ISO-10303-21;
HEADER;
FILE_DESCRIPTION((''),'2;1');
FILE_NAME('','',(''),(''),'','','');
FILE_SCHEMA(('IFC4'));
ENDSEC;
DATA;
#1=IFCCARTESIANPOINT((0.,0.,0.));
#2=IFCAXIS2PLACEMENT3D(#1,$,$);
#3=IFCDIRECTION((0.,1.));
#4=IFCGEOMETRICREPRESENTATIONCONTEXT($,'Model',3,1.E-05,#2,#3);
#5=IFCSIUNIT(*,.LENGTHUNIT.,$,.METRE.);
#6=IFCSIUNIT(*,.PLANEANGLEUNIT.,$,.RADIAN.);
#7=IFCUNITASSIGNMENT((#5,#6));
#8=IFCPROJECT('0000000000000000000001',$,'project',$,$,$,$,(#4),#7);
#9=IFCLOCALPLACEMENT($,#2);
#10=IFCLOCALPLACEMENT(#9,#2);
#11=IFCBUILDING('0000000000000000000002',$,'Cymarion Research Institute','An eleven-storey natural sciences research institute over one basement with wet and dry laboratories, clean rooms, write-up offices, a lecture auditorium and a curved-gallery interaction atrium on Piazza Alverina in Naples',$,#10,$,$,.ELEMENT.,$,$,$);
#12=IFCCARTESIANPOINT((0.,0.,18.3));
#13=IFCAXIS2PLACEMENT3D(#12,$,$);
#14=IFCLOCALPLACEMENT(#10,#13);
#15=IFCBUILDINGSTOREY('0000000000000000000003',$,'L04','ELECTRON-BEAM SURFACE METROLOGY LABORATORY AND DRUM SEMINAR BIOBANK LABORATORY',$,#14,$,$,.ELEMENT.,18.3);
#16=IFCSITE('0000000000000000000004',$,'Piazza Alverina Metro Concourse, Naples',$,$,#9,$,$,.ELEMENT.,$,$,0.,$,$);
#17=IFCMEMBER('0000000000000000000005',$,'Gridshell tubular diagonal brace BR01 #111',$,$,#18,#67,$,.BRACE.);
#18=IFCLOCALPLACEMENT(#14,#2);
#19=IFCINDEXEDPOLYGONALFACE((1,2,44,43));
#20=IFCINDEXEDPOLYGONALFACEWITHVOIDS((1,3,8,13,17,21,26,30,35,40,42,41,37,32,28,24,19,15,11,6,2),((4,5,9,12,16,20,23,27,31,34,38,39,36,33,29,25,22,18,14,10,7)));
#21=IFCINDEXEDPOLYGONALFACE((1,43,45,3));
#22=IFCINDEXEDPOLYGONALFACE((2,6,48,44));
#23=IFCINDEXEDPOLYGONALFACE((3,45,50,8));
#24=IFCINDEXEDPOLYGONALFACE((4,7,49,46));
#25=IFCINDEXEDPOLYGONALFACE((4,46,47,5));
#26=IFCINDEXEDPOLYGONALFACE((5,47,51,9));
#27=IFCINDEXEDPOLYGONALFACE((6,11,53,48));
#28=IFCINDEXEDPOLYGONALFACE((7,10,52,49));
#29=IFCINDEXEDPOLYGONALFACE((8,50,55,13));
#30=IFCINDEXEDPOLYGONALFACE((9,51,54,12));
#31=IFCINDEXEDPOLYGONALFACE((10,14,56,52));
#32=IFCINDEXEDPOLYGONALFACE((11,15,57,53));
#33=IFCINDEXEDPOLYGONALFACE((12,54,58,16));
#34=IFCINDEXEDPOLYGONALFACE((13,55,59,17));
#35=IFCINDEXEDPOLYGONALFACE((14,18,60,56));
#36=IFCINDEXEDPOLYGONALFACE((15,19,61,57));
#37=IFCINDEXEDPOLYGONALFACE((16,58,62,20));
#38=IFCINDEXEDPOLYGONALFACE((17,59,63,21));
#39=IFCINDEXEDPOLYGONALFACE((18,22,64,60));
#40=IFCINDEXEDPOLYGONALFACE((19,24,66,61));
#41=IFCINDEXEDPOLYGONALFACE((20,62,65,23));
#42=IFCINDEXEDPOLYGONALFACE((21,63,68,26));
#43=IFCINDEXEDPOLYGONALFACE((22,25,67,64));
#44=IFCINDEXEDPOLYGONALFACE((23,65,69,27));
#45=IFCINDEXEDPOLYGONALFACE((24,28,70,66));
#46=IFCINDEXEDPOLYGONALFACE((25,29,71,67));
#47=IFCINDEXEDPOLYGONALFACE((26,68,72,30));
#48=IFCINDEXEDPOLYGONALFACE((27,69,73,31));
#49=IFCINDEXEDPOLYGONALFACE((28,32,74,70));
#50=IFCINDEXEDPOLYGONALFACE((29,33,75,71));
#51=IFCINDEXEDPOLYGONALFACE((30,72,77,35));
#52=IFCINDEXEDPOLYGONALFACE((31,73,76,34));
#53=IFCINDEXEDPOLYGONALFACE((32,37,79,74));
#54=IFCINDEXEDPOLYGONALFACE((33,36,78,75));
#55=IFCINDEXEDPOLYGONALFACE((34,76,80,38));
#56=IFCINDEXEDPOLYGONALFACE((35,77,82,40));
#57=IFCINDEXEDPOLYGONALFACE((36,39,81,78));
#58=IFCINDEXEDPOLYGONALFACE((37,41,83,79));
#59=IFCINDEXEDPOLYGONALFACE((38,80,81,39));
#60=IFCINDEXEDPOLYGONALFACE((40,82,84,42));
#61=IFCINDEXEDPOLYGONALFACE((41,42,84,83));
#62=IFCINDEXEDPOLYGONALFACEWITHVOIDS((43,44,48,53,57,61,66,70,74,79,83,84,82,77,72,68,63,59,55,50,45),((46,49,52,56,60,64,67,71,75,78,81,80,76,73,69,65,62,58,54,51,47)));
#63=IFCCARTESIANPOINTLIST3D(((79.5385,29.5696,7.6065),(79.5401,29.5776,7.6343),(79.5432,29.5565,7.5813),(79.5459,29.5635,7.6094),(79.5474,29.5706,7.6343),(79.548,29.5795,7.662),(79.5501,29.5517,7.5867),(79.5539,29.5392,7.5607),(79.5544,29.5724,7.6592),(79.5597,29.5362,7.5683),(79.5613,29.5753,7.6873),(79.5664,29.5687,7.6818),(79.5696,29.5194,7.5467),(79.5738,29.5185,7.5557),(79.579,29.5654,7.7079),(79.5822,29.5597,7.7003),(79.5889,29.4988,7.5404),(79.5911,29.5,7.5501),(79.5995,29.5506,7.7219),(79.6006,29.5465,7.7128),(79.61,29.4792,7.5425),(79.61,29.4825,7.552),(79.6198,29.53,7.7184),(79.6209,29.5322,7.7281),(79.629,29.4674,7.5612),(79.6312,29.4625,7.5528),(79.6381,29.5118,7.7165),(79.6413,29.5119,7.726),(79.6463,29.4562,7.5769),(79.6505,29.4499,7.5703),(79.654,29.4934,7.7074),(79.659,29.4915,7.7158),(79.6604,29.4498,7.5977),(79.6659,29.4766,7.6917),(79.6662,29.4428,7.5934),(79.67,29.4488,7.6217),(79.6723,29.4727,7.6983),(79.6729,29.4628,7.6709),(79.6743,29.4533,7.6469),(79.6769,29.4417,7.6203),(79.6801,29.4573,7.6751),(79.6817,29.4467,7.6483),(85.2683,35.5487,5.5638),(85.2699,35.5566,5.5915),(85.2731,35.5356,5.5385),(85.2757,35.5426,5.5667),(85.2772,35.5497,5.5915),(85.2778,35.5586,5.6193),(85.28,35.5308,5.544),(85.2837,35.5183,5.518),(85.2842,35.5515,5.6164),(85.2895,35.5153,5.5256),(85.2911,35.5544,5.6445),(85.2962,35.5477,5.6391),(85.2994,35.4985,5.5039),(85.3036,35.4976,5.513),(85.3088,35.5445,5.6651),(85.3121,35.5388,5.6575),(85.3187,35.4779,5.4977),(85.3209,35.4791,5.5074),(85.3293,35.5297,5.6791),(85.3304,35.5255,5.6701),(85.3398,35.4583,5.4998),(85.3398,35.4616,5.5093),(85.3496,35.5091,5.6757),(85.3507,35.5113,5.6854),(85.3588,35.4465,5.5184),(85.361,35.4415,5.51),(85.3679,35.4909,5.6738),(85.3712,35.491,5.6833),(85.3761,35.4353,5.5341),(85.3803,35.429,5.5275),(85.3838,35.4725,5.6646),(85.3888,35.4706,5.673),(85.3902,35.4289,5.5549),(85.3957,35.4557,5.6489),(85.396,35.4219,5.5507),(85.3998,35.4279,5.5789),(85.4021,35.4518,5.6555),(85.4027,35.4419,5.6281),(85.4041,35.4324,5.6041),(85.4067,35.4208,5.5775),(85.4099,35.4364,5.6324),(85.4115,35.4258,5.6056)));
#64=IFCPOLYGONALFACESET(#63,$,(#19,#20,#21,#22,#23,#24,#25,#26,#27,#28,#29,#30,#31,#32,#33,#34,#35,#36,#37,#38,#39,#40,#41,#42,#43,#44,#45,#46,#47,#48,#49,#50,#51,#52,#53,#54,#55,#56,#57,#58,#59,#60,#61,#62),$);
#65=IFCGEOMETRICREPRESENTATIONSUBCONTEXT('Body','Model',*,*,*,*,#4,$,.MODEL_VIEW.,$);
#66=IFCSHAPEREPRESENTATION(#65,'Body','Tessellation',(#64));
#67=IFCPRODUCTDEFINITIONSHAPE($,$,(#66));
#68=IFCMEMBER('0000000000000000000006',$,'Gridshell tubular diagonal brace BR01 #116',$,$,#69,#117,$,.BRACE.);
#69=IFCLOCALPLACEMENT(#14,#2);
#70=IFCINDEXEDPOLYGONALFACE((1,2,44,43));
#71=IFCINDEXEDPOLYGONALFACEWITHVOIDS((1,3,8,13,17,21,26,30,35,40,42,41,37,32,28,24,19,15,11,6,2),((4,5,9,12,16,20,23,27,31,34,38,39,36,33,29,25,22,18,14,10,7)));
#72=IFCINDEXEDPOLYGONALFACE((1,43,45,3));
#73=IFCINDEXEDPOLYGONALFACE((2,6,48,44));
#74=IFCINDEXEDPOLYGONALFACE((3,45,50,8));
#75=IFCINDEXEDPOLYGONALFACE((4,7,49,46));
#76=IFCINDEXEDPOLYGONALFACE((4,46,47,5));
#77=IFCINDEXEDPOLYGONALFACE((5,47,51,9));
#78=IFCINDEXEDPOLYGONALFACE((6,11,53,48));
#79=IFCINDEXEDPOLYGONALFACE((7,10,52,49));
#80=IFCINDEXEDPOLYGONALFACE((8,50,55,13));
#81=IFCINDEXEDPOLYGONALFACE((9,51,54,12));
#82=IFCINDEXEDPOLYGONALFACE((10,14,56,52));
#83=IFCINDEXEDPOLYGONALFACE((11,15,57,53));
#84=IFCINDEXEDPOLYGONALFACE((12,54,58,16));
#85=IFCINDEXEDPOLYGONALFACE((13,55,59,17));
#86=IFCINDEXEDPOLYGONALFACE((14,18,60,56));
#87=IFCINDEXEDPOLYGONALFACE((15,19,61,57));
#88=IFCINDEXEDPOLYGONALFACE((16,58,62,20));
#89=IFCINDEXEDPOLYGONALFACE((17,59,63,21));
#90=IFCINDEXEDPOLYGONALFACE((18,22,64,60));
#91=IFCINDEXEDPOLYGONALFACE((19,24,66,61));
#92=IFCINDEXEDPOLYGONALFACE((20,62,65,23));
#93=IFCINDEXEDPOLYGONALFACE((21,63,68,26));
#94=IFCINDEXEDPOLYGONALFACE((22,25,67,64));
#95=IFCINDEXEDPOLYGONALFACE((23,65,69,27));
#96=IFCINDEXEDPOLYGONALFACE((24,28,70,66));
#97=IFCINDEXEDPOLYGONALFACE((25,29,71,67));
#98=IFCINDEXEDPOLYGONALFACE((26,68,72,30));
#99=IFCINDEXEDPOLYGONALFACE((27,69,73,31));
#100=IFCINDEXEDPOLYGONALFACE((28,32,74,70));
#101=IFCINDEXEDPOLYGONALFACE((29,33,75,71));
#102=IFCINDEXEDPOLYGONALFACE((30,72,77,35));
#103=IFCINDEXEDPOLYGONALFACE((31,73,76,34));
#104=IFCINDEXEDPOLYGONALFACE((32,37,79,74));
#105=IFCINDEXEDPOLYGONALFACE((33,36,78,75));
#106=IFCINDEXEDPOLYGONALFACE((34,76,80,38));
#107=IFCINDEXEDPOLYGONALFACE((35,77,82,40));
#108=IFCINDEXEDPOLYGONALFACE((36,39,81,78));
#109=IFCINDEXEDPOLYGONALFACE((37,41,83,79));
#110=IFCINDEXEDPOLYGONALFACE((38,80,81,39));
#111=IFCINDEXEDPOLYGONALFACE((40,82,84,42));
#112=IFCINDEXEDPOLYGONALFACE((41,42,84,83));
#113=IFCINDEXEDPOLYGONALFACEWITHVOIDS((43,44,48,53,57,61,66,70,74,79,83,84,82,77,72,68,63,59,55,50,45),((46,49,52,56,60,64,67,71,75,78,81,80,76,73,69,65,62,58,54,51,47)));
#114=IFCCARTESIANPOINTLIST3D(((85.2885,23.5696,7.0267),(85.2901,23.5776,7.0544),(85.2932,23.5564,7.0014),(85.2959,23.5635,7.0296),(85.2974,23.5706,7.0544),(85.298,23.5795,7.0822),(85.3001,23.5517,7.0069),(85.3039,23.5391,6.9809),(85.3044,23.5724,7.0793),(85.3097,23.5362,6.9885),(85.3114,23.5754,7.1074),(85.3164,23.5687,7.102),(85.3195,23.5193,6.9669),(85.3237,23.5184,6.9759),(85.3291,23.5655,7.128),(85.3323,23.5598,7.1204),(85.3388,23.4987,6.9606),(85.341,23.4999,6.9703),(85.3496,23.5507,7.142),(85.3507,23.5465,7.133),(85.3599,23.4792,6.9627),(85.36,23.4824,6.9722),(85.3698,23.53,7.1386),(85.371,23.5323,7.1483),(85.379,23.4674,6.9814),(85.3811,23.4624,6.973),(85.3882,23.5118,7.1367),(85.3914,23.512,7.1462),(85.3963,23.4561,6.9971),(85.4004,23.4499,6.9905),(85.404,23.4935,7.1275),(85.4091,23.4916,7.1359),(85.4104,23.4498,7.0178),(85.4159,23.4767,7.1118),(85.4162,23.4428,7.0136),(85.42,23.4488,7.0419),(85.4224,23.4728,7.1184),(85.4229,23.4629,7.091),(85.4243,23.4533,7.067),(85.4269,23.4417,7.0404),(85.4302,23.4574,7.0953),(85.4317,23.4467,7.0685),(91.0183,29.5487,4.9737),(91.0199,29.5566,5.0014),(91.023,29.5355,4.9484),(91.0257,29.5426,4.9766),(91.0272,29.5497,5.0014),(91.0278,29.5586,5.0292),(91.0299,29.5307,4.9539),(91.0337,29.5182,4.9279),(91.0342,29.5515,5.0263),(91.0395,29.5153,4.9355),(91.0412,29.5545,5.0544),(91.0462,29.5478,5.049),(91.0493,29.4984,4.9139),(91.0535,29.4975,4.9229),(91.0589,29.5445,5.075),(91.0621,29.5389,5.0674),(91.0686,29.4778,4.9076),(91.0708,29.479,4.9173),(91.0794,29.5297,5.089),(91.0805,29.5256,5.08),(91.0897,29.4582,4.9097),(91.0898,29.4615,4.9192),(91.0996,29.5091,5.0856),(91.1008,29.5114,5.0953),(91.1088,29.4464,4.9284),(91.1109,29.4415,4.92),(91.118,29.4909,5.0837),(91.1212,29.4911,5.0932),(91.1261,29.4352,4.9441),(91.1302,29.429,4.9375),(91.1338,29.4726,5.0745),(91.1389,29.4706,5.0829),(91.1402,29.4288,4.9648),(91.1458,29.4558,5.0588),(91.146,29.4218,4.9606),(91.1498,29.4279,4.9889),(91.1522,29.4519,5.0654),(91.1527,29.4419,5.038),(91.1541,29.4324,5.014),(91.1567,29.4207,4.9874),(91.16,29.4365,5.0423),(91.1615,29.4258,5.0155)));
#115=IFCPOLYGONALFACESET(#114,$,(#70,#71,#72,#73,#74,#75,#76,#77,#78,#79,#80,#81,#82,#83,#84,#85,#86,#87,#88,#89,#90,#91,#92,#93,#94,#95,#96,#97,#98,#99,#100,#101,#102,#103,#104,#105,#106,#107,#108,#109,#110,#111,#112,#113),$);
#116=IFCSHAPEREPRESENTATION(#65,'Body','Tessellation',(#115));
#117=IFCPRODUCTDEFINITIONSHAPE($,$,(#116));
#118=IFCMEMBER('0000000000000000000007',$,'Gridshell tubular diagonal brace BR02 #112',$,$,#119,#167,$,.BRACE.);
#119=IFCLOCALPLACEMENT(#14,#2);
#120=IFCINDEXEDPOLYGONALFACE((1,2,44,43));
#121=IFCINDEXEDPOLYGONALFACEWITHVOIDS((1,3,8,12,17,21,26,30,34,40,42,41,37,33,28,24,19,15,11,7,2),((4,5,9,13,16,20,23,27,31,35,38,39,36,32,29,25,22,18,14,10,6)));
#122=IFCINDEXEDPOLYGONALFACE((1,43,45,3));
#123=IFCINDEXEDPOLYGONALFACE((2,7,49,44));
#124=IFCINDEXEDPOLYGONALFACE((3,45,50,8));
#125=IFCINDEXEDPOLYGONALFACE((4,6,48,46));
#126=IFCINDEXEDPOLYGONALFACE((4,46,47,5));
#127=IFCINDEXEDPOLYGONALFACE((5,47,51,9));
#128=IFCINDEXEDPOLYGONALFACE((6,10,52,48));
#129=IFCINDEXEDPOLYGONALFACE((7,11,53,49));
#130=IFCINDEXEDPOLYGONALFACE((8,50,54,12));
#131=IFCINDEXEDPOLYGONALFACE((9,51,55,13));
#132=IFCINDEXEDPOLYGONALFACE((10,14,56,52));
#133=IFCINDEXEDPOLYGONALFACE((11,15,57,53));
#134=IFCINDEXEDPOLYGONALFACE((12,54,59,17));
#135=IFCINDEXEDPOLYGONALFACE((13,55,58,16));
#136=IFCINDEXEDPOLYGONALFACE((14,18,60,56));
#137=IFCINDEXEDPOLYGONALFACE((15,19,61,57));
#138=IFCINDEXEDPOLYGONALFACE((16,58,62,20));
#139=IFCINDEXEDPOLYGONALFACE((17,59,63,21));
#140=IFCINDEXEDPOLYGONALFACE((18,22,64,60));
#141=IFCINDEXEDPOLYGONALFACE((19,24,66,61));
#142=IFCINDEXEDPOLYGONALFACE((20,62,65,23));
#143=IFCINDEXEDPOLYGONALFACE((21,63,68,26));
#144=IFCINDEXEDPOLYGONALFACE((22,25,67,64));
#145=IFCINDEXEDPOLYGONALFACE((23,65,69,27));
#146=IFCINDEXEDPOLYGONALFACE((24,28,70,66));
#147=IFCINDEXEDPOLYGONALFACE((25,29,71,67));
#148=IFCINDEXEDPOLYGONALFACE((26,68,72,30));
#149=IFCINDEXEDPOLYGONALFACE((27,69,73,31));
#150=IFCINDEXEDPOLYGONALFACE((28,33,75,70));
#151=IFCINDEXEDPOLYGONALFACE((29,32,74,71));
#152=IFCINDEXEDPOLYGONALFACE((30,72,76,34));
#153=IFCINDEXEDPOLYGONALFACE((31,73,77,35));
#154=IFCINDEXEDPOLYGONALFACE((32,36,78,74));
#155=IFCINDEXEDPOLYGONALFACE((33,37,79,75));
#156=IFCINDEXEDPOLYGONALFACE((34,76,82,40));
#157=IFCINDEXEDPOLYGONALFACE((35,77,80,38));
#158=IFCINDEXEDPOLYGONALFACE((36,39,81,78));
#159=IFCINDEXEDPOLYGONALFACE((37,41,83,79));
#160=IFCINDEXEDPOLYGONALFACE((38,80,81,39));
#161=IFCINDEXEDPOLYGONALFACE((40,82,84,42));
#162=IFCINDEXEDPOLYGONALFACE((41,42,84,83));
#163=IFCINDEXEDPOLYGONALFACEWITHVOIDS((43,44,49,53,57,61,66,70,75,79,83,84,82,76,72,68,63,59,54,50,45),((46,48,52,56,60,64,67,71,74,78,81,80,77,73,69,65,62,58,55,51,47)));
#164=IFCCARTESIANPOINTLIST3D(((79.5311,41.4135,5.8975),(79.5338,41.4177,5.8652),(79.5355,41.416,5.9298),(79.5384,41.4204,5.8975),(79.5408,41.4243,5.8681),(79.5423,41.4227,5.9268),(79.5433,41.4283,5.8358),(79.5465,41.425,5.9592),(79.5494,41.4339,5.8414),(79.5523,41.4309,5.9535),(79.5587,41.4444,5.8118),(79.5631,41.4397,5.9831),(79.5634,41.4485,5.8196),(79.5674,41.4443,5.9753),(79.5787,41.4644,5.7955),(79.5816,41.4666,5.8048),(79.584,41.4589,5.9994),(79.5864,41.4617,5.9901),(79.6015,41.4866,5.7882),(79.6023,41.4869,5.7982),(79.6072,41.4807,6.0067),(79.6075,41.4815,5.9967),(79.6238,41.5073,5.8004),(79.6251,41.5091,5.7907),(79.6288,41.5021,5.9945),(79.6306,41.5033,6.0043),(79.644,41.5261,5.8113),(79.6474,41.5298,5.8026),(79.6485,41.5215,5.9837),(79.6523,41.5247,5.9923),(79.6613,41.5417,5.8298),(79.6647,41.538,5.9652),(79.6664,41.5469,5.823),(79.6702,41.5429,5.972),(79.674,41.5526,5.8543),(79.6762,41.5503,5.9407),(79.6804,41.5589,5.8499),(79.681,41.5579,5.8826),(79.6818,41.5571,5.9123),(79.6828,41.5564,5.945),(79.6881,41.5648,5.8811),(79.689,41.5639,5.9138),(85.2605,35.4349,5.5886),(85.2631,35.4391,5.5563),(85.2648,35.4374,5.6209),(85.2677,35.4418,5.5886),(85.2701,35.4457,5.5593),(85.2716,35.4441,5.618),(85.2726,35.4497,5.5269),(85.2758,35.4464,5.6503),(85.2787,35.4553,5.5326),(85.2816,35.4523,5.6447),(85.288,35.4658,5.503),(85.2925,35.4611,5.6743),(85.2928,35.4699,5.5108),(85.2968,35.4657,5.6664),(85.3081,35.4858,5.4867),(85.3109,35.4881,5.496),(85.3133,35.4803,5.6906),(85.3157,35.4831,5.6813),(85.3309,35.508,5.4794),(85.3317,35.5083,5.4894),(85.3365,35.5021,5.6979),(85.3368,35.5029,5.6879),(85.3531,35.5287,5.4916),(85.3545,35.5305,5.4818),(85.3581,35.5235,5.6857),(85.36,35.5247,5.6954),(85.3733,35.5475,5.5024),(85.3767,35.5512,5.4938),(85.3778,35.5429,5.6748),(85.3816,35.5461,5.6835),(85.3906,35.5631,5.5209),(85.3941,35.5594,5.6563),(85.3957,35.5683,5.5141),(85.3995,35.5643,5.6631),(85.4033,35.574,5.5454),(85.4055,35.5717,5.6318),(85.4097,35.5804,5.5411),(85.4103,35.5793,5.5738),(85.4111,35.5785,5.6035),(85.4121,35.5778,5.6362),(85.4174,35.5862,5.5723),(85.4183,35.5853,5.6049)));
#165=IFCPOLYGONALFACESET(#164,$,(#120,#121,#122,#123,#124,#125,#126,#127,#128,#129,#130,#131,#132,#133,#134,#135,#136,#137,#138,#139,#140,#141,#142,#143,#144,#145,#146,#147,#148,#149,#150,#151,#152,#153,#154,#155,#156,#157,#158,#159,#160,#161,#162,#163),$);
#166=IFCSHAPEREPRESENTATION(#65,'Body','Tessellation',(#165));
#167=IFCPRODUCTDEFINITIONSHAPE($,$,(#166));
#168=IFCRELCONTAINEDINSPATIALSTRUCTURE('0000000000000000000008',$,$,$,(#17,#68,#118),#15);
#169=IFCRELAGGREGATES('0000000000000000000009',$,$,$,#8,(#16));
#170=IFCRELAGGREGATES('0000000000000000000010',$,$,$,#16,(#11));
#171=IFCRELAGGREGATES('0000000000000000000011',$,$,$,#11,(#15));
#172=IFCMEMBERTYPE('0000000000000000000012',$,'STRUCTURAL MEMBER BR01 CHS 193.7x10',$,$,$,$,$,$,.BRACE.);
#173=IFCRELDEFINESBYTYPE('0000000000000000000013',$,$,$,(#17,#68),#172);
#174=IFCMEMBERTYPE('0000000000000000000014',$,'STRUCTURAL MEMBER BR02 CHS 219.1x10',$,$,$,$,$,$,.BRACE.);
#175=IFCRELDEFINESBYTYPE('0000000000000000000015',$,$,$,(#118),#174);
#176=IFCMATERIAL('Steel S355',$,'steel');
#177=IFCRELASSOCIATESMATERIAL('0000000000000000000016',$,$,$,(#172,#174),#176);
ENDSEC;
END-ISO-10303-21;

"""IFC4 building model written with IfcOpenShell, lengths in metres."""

from ifc_helpers import new_model, si_unit, direction, frame, origin, origin_2d, place, context, subcontext, project, spatial, hollow_circle, extrude, material, material_profile, profile_set, type_object, element, save


model = new_model("IFC4")

# Units and contexts
model_context = context("Model", 3, precision=1e-05, world=origin(), true_north=direction((0.0, 1.0)))
body_context = subcontext(model_context, "Body", "Model", "MODEL_VIEW")
ifc_project = project(units=[si_unit("LENGTHUNIT", "METRE"), si_unit("PLANEANGLEUNIT", "RADIAN")], contexts=[model_context])

# Site, building, storey
site_placement = place(None, origin())
site = spatial("IfcSite", under=ifc_project, at=site_placement, Name="Piazza Alverina Metro Concourse, Naples", CompositionType="ELEMENT", RefElevation=0.0)
building_placement = place(site_placement, origin())
building = spatial("IfcBuilding", under=site, at=building_placement, Name="Cymarion Research Institute", Description="An eleven-storey natural sciences research institute over one basement with wet and dry laboratories, clean rooms, write-up offices, a lecture auditorium and a curved-gallery interaction atrium on Piazza Alverina in Naples", CompositionType="ELEMENT")
storey_placement = place(building_placement, frame((0.0, 0.0, 18.3)))
storey = spatial("IfcBuildingStorey", under=building, at=storey_placement, Name="L04", Description="ELECTRON-BEAM SURFACE METROLOGY LABORATORY AND DRUM SEMINAR BIOBANK LABORATORY", CompositionType="ELEMENT", Elevation=18.3)

# Shared definitions
ifc_material_1 = material(Name="Steel S355", Category="steel")

# Members
ifc_material_profile_1 = material_profile(ifc_material_1, hollow_circle(Radius=0.0969, WallThickness=0.01, at=origin_2d()), Name="CHS 193.7x10")
ifc_profile_set_1 = profile_set([ifc_material_profile_1], Name="Steel S355")
member_type_1 = type_object("IfcMemberType", Name="STRUCTURAL MEMBER BR01 CHS 193.7x10", PredefinedType="BRACE", material=ifc_profile_set_1)
member_1_placement = place(storey_placement, frame((79.6101, 29.5105, 7.6343), z_axis=(0.671761, 0.700986, -0.239491), x_axis=(-0.721997, 0.691896, 0.0)))
element("IfcMember", 1, at=member_1_placement, inside=storey, type_object=member_type_1, Name="Gridshell tubular diagonal brace BR01 #111", PredefinedType="BRACE", context=body_context, shape_type="SweptSolid", body=[
    extrude(hollow_circle(Radius=0.0969, WallThickness=0.01, at=origin_2d()), origin(), (0.0, 0.0, 1.0), 8.5295),
])
member_2_placement = place(storey_placement, frame((85.3601, 23.5105, 7.0544), z_axis=(0.671567, 0.700783, -0.240624), x_axis=(-0.721997, 0.691896, 0.0)))
element("IfcMember", 2, at=member_2_placement, inside=storey, type_object=member_type_1, Name="Gridshell tubular diagonal brace BR01 #116", PredefinedType="BRACE", context=body_context, shape_type="SweptSolid", body=[
    extrude(hollow_circle(Radius=0.0969, WallThickness=0.01, at=origin_2d()), origin(), (0.0, 0.0, 1.0), 8.532),
])
ifc_material_profile_2 = material_profile(ifc_material_1, hollow_circle(Radius=0.1096, WallThickness=0.01, at=origin_2d()), Name="CHS 219.1x10")
ifc_profile_set_2 = profile_set([ifc_material_profile_2], Name="Steel S355")
member_type_2 = type_object("IfcMemberType", Name="STRUCTURAL MEMBER BR02 CHS 219.1x10", PredefinedType="BRACE", material=ifc_profile_set_2)
member_3_placement = place(storey_placement, frame((85.3396, 35.5107, 5.5886), z_axis=(-0.691414, 0.721496, 0.037271), x_axis=(-0.721998, -0.691895, 0.0)))
element("IfcMember", 3, at=member_3_placement, inside=storey, type_object=member_type_2, Name="Gridshell tubular diagonal brace BR02 #112", PredefinedType="BRACE", context=body_context, shape_type="SweptSolid", body=[
    extrude(hollow_circle(Radius=0.1096, WallThickness=0.01, at=origin_2d()), origin(), (0.0, 0.0, 1.0), 8.2864),
])

save(model, "model.ifc")
